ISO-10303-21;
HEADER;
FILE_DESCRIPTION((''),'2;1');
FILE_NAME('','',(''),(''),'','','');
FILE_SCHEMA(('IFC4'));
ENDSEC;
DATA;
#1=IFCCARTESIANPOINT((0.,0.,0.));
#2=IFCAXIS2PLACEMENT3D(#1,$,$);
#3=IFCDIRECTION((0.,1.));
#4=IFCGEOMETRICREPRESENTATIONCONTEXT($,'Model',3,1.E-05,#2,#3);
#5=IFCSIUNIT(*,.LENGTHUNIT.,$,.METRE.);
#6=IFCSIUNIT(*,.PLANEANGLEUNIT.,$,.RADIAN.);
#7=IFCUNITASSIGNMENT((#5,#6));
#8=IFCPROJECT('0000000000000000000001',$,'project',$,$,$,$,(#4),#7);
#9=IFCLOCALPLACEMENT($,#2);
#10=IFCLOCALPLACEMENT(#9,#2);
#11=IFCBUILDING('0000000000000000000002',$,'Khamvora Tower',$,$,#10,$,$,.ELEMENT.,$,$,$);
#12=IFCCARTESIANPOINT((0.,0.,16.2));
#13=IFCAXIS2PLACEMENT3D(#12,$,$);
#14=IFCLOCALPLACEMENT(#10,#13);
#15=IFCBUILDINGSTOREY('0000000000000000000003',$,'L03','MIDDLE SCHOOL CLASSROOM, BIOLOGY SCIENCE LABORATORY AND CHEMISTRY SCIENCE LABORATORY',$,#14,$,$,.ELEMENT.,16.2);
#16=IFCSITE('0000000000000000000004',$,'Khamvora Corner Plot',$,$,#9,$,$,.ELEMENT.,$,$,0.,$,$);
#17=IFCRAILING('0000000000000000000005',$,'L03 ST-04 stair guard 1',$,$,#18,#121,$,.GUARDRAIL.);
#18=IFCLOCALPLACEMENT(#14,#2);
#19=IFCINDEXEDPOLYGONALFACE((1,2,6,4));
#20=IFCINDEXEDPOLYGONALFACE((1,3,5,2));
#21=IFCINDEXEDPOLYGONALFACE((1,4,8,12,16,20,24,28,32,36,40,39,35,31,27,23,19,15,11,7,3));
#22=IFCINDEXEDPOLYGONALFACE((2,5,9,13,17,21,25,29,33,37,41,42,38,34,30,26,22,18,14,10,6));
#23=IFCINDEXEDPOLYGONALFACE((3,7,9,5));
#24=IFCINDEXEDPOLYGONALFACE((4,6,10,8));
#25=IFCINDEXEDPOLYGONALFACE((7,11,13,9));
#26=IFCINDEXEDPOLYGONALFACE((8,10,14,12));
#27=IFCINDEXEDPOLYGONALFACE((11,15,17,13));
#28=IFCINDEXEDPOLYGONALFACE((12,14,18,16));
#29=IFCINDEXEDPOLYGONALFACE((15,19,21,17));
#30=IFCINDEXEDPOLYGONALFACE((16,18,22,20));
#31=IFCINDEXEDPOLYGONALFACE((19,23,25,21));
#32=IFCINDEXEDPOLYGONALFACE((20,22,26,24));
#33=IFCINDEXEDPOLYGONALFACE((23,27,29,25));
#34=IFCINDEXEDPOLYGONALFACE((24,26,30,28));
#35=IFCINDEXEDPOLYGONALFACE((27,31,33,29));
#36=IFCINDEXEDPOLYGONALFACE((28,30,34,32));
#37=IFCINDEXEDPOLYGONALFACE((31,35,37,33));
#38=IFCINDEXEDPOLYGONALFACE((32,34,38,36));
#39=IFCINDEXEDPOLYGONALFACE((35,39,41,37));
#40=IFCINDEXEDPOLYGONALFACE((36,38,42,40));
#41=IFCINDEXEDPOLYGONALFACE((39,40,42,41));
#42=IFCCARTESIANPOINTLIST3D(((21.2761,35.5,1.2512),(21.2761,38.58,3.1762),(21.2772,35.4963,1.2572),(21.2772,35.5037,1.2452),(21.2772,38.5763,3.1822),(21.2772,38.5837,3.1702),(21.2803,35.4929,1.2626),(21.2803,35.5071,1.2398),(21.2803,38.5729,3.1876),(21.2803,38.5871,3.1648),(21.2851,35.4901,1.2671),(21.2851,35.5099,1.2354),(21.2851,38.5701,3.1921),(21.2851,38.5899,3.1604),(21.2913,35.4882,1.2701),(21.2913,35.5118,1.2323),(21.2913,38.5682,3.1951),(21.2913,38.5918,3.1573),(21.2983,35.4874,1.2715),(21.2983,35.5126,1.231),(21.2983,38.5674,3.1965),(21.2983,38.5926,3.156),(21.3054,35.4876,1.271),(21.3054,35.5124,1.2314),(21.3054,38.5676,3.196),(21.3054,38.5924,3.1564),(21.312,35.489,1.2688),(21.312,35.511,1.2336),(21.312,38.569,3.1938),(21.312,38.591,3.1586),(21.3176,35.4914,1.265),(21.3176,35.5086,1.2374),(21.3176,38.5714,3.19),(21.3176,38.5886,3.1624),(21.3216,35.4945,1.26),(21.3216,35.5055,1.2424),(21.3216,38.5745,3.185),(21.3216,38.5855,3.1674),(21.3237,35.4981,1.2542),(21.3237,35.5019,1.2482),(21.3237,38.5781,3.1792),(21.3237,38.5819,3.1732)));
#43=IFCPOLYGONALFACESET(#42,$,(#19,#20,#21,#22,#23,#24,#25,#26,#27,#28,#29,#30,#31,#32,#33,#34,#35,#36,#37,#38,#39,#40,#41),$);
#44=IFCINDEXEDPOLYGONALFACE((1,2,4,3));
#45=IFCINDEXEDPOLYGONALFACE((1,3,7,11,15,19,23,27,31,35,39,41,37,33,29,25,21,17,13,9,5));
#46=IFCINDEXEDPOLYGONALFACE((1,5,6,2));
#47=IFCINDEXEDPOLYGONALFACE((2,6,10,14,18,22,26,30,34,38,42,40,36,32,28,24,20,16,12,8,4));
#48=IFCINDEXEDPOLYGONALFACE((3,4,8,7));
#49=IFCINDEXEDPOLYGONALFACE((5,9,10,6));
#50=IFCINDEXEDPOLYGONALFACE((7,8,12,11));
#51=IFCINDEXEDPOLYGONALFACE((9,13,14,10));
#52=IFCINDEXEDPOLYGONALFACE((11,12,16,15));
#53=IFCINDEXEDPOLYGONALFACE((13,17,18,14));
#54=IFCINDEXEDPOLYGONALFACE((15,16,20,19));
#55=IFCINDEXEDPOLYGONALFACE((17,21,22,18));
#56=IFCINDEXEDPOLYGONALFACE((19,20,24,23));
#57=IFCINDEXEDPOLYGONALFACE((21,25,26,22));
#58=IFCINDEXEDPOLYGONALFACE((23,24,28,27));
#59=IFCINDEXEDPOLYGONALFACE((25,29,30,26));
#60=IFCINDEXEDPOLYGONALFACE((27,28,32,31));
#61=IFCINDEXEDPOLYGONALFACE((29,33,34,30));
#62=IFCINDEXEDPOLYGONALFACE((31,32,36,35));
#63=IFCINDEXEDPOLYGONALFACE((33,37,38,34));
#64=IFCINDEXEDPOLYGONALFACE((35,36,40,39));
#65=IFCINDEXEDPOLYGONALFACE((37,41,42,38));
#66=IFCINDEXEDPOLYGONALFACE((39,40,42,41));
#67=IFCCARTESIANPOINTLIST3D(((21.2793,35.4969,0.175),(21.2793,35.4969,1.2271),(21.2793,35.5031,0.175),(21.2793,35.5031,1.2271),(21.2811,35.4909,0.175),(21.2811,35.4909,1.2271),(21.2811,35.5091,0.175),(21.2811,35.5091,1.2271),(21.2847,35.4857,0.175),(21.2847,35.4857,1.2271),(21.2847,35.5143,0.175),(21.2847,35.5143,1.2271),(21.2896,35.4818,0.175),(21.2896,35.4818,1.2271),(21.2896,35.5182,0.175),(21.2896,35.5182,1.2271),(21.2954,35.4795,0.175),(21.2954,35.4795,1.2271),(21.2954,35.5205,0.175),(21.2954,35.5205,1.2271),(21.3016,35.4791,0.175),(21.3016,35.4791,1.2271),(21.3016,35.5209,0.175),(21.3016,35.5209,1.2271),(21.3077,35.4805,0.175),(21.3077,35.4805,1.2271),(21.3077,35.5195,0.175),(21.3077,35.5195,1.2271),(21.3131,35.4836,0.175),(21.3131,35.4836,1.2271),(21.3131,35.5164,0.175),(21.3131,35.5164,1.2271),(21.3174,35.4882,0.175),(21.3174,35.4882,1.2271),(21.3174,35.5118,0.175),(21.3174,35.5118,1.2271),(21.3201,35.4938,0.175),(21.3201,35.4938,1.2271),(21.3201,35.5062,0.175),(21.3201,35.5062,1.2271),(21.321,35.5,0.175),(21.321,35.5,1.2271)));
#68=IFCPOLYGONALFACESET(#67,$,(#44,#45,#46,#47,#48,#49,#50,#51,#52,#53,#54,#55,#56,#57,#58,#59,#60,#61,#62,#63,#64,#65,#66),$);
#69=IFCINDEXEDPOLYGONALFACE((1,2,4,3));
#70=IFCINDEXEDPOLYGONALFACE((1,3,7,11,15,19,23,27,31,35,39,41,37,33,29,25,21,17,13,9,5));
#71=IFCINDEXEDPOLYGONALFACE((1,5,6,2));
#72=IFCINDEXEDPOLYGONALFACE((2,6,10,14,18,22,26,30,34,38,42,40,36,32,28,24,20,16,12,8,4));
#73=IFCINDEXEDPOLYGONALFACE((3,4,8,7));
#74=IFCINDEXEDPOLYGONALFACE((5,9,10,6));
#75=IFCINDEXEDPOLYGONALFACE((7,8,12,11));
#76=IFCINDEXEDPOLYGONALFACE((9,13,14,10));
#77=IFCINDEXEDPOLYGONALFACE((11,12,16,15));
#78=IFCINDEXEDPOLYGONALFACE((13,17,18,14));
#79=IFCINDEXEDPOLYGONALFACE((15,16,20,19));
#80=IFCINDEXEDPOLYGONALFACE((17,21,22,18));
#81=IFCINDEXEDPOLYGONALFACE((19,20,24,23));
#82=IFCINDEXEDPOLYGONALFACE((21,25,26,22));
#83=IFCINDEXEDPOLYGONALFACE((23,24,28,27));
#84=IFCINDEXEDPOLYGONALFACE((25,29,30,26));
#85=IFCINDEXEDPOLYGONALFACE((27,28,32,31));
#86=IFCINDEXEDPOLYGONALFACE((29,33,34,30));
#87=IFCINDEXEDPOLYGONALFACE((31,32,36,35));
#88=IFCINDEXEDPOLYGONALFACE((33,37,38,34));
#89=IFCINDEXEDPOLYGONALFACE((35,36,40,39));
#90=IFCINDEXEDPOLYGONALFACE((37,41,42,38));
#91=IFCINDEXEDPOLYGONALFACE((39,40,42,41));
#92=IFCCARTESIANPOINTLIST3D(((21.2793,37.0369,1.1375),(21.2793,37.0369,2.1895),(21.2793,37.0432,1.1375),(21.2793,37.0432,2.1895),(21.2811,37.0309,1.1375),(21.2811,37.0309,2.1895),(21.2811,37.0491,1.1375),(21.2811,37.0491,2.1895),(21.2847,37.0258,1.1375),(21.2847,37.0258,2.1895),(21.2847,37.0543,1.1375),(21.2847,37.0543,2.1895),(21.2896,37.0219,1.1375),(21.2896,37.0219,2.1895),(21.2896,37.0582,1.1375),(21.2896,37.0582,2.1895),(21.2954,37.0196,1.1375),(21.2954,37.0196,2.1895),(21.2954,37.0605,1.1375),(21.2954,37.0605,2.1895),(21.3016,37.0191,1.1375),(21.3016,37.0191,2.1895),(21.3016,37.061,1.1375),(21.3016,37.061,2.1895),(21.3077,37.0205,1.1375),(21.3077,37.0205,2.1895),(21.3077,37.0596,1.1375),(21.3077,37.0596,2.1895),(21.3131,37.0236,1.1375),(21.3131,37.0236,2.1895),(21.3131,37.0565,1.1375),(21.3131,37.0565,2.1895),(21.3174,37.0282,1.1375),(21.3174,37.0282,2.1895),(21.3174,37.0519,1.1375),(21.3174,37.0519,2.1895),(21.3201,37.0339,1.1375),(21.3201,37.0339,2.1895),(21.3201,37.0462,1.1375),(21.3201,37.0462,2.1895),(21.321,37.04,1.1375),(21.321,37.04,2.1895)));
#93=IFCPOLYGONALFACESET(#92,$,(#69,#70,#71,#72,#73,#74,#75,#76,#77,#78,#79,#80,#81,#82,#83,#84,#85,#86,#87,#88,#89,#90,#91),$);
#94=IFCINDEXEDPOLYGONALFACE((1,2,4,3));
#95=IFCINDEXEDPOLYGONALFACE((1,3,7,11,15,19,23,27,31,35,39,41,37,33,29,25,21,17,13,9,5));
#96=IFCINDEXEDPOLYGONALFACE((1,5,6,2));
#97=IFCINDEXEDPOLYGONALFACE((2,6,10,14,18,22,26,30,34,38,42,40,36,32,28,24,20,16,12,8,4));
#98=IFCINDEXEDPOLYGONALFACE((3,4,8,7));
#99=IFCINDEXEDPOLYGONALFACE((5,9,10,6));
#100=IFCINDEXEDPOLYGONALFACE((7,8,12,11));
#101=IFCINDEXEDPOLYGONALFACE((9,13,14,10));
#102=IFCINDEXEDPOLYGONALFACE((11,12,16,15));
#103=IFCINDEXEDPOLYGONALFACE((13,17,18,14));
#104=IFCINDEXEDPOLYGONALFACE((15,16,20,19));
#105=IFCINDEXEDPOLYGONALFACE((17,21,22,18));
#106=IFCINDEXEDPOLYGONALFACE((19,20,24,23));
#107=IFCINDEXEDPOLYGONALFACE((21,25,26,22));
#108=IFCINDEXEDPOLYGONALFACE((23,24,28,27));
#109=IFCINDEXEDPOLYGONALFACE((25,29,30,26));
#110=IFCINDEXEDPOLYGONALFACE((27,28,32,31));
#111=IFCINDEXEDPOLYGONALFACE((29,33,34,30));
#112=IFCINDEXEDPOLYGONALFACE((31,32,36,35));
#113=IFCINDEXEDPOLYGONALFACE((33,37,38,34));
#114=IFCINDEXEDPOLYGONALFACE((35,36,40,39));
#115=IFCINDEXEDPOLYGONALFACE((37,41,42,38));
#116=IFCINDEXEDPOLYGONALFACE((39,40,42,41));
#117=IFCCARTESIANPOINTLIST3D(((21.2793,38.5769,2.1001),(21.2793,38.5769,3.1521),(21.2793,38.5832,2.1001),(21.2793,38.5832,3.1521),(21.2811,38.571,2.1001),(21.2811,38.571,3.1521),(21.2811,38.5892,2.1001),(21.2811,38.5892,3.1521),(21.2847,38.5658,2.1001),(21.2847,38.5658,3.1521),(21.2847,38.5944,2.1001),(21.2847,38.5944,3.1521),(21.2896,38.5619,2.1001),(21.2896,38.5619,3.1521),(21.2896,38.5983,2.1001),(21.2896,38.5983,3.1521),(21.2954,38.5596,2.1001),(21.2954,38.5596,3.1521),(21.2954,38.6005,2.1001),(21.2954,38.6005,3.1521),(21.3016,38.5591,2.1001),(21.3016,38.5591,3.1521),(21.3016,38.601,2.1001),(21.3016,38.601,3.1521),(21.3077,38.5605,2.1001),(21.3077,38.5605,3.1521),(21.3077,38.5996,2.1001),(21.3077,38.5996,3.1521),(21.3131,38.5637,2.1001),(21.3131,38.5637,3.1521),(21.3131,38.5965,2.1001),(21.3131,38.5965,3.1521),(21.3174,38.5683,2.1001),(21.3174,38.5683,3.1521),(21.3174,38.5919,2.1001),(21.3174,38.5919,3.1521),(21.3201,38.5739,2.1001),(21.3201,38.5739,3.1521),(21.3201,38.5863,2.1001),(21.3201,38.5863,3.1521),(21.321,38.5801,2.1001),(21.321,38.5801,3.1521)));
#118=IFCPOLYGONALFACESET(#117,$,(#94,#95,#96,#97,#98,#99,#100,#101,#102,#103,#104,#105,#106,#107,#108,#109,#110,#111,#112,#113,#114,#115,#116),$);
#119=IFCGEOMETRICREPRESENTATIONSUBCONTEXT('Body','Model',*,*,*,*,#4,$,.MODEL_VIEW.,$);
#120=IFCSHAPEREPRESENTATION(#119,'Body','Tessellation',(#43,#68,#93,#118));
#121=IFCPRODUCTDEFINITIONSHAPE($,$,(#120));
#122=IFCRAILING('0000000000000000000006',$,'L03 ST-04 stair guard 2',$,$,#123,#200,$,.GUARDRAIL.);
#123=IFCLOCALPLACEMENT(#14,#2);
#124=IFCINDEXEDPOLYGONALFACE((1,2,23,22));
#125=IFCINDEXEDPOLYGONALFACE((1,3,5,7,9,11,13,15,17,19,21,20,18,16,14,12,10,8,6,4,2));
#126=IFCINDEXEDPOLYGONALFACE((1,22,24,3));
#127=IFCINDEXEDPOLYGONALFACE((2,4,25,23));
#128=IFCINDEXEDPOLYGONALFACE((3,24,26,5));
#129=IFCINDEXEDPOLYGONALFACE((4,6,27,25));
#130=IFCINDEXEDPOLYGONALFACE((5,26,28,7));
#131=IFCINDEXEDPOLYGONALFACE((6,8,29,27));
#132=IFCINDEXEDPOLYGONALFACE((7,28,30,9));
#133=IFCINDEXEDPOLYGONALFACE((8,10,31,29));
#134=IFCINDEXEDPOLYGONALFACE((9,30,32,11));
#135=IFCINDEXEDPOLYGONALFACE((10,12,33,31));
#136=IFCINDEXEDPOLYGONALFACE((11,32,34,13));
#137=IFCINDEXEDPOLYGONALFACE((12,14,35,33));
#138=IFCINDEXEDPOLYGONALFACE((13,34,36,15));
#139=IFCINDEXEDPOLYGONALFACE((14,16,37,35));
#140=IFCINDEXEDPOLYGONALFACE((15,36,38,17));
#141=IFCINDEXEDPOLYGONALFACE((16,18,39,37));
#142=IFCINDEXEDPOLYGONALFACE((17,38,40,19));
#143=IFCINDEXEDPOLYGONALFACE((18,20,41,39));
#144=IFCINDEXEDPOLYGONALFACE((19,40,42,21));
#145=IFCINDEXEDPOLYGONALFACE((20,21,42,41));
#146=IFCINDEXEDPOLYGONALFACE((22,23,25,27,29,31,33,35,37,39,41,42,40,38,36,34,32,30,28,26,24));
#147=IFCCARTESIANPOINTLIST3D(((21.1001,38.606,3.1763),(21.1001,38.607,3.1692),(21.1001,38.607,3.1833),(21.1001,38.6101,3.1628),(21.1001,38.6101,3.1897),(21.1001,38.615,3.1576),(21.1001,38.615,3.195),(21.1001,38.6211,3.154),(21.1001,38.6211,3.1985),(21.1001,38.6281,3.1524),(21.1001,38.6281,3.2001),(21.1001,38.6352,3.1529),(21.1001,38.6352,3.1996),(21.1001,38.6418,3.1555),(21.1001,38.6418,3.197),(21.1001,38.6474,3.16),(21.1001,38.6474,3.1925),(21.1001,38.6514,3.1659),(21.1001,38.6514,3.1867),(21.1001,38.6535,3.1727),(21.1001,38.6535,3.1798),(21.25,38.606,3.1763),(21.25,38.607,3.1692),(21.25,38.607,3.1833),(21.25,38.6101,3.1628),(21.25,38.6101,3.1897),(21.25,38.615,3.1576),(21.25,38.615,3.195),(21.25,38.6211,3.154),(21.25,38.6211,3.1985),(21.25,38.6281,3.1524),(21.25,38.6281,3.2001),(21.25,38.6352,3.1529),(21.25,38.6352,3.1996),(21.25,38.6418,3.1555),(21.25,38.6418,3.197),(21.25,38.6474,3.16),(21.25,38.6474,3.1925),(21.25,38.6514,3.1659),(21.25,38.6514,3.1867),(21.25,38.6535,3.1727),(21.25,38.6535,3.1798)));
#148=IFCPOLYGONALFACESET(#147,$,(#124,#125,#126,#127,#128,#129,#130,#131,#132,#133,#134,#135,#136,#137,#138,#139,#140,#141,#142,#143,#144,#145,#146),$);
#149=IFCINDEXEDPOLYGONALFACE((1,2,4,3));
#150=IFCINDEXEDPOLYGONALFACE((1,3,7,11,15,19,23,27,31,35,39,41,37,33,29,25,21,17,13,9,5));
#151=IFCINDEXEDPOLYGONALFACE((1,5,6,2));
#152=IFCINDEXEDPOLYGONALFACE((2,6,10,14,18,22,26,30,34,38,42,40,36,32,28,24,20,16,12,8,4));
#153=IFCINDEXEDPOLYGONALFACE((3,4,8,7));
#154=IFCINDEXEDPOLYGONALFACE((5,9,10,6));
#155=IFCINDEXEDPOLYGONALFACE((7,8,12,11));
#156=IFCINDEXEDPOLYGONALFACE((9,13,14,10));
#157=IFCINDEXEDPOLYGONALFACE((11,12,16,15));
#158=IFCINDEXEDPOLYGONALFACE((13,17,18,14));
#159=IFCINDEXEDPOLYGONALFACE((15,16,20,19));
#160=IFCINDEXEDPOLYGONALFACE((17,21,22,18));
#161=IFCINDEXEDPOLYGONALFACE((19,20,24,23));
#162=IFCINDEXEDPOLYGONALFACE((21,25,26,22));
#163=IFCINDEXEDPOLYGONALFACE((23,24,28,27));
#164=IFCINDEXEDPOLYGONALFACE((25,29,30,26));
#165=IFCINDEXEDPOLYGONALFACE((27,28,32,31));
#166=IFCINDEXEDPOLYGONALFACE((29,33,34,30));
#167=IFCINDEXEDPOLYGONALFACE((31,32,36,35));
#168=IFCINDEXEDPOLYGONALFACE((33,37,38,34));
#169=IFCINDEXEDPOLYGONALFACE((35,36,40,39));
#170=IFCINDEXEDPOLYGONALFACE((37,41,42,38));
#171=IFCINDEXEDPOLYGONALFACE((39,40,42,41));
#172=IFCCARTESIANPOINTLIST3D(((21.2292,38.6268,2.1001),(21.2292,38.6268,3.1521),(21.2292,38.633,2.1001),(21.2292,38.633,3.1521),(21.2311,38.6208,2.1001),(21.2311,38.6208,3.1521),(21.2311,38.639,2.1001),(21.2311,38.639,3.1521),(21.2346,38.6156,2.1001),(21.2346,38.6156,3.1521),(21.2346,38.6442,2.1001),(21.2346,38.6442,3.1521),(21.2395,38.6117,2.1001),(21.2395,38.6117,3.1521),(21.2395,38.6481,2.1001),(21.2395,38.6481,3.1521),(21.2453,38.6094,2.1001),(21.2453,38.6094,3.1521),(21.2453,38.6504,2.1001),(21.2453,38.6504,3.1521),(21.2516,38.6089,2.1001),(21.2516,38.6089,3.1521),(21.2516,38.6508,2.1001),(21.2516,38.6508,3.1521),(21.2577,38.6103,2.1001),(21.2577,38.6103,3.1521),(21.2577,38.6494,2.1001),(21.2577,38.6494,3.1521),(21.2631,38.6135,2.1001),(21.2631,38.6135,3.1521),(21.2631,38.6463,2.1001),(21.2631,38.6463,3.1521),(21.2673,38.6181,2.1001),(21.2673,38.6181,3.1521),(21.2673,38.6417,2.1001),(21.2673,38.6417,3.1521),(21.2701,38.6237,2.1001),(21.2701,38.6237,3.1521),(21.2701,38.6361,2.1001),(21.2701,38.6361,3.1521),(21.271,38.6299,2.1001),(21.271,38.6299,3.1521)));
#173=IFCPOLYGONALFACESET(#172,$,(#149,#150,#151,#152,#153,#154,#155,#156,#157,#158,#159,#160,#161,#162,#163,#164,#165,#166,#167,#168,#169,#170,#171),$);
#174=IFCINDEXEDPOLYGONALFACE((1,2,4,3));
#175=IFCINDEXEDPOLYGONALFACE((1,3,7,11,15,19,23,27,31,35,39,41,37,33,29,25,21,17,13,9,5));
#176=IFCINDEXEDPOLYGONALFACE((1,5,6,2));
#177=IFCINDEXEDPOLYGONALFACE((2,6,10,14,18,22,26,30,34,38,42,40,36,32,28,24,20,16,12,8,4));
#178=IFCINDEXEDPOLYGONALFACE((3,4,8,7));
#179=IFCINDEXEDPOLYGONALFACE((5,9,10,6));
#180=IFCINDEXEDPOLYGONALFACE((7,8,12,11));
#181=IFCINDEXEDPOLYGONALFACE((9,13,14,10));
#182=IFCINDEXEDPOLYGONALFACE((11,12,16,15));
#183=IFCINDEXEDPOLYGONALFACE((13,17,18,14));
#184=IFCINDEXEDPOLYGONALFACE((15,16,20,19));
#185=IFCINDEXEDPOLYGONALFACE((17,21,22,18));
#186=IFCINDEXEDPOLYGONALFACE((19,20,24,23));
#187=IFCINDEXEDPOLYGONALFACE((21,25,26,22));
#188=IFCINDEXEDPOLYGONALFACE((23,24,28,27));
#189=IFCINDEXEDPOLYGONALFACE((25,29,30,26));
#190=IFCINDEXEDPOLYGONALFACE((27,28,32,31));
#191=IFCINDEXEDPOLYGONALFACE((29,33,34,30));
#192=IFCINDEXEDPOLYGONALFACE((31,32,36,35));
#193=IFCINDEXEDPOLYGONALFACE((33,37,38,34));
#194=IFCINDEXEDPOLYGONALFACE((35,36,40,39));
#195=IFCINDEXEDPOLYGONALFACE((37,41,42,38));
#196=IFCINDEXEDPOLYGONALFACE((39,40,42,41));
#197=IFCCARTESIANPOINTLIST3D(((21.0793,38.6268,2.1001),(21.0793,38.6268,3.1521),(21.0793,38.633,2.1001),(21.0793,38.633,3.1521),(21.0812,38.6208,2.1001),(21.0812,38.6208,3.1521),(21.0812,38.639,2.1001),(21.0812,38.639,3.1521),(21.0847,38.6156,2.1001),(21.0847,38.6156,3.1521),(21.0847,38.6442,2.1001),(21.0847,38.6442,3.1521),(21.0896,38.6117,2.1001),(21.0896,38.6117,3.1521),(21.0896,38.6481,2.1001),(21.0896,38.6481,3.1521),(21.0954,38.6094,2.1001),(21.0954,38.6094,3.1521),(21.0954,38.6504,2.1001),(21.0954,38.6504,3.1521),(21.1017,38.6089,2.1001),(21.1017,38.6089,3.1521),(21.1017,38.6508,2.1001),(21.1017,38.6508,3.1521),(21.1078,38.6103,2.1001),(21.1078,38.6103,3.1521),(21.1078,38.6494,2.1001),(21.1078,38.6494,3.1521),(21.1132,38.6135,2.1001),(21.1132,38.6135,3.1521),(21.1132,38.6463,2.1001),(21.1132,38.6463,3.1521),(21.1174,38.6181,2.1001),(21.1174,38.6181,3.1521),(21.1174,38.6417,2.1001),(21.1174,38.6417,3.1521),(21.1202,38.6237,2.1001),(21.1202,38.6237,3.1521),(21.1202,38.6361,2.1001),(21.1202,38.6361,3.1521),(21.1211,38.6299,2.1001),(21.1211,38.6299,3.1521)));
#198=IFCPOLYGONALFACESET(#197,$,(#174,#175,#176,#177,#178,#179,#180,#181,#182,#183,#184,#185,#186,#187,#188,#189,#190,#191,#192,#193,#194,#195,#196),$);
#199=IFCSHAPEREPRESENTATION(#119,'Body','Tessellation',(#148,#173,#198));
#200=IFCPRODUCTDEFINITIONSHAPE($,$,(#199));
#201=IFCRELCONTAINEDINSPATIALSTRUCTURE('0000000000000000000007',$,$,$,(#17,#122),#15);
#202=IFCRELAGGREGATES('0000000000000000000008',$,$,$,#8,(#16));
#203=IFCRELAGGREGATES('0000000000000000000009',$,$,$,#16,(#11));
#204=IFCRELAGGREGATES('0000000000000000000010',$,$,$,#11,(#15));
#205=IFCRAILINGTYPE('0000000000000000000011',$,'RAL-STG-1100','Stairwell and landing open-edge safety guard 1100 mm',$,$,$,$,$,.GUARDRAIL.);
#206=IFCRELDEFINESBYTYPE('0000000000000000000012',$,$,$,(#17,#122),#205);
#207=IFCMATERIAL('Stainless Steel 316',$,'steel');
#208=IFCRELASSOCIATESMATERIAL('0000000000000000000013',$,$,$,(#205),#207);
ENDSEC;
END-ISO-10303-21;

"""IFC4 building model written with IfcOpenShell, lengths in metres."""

from ifc_helpers import new_model, si_unit, direction, frame, origin, origin_2d, place, context, subcontext, project, spatial, circle, extrude, material, type_object, element, save


model = new_model("IFC4")

# Units and contexts
model_context = context("Model", 3, precision=1e-05, world=origin(), true_north=direction((0.0, 1.0)))
body_context = subcontext(model_context, "Body", "Model", "MODEL_VIEW")
ifc_project = project(units=[si_unit("LENGTHUNIT", "METRE"), si_unit("PLANEANGLEUNIT", "RADIAN")], contexts=[model_context])

# Site, building, storey
site_placement = place(None, origin())
site = spatial("IfcSite", under=ifc_project, at=site_placement, Name="Khamvora Corner Plot", CompositionType="ELEMENT", RefElevation=0.0)
building_placement = place(site_placement, origin())
building = spatial("IfcBuilding", under=site, at=building_placement, Name="Khamvora Tower", CompositionType="ELEMENT")
storey_placement = place(building_placement, frame((0.0, 0.0, 16.2)))
storey = spatial("IfcBuildingStorey", under=building, at=storey_placement, Name="L03", Description="MIDDLE SCHOOL CLASSROOM, BIOLOGY SCIENCE LABORATORY AND CHEMISTRY SCIENCE LABORATORY", CompositionType="ELEMENT", Elevation=16.2)

# Railings
ifc_material_1 = material(Name="Stainless Steel 316", Category="steel")
railing_type_1 = type_object("IfcRailingType", Name="RAL-STG-1100", Description="Stairwell and landing open-edge safety guard 1100 mm", PredefinedType="GUARDRAIL", material=ifc_material_1)
railing_1_placement = place(storey_placement, frame((21.3, 35.5, 0.175)))
element("IfcRailing", 1, at=railing_1_placement, inside=storey, type_object=railing_type_1, Name="L03 ST-04 stair guard 1", PredefinedType="GUARDRAIL", context=body_context, shape_type="SweptSolid", body=[
    extrude(circle(Radius=0.0239, at=origin_2d()), frame((0.0, 0.0, 1.0762), z_axis=(0.0, 0.847998, 0.529999), x_axis=(-1.0, 0.0, 0.0)), (0.0, 0.0, 1.0), 3.6321),
    extrude(circle(Radius=0.021, at=origin_2d()), origin(), (0.0, 0.0, 1.0), 1.052),
    extrude(circle(Radius=0.021, at=origin_2d()), frame((0.0, 1.54, 0.9624)), (0.0, 0.0, 1.0), 1.052),
    extrude(circle(Radius=0.021, at=origin_2d()), frame((0.0, 3.0801, 1.925)), (0.0, 0.0, 1.0), 1.052),
])
railing_2_placement = place(storey_placement, frame((21.25, 38.6299, 2.1001)))
element("IfcRailing", 2, at=railing_2_placement, inside=storey, type_object=railing_type_1, Name="L03 ST-04 stair guard 2", PredefinedType="GUARDRAIL", context=body_context, shape_type="SweptSolid", body=[
    extrude(circle(Radius=0.0239, at=origin_2d()), frame((0.0, 0.0, 1.0762), z_axis=(-1.0, 0.0, 0.0), x_axis=(0.0, -1.0, 0.0)), (0.0, 0.0, 1.0), 0.1499),
    extrude(circle(Radius=0.021, at=origin_2d()), origin(), (0.0, 0.0, 1.0), 1.052),
    extrude(circle(Radius=0.021, at=origin_2d()), frame((-0.1499, 0.0, 0.0)), (0.0, 0.0, 1.0), 1.052),
])

save(model, "model.ifc")
